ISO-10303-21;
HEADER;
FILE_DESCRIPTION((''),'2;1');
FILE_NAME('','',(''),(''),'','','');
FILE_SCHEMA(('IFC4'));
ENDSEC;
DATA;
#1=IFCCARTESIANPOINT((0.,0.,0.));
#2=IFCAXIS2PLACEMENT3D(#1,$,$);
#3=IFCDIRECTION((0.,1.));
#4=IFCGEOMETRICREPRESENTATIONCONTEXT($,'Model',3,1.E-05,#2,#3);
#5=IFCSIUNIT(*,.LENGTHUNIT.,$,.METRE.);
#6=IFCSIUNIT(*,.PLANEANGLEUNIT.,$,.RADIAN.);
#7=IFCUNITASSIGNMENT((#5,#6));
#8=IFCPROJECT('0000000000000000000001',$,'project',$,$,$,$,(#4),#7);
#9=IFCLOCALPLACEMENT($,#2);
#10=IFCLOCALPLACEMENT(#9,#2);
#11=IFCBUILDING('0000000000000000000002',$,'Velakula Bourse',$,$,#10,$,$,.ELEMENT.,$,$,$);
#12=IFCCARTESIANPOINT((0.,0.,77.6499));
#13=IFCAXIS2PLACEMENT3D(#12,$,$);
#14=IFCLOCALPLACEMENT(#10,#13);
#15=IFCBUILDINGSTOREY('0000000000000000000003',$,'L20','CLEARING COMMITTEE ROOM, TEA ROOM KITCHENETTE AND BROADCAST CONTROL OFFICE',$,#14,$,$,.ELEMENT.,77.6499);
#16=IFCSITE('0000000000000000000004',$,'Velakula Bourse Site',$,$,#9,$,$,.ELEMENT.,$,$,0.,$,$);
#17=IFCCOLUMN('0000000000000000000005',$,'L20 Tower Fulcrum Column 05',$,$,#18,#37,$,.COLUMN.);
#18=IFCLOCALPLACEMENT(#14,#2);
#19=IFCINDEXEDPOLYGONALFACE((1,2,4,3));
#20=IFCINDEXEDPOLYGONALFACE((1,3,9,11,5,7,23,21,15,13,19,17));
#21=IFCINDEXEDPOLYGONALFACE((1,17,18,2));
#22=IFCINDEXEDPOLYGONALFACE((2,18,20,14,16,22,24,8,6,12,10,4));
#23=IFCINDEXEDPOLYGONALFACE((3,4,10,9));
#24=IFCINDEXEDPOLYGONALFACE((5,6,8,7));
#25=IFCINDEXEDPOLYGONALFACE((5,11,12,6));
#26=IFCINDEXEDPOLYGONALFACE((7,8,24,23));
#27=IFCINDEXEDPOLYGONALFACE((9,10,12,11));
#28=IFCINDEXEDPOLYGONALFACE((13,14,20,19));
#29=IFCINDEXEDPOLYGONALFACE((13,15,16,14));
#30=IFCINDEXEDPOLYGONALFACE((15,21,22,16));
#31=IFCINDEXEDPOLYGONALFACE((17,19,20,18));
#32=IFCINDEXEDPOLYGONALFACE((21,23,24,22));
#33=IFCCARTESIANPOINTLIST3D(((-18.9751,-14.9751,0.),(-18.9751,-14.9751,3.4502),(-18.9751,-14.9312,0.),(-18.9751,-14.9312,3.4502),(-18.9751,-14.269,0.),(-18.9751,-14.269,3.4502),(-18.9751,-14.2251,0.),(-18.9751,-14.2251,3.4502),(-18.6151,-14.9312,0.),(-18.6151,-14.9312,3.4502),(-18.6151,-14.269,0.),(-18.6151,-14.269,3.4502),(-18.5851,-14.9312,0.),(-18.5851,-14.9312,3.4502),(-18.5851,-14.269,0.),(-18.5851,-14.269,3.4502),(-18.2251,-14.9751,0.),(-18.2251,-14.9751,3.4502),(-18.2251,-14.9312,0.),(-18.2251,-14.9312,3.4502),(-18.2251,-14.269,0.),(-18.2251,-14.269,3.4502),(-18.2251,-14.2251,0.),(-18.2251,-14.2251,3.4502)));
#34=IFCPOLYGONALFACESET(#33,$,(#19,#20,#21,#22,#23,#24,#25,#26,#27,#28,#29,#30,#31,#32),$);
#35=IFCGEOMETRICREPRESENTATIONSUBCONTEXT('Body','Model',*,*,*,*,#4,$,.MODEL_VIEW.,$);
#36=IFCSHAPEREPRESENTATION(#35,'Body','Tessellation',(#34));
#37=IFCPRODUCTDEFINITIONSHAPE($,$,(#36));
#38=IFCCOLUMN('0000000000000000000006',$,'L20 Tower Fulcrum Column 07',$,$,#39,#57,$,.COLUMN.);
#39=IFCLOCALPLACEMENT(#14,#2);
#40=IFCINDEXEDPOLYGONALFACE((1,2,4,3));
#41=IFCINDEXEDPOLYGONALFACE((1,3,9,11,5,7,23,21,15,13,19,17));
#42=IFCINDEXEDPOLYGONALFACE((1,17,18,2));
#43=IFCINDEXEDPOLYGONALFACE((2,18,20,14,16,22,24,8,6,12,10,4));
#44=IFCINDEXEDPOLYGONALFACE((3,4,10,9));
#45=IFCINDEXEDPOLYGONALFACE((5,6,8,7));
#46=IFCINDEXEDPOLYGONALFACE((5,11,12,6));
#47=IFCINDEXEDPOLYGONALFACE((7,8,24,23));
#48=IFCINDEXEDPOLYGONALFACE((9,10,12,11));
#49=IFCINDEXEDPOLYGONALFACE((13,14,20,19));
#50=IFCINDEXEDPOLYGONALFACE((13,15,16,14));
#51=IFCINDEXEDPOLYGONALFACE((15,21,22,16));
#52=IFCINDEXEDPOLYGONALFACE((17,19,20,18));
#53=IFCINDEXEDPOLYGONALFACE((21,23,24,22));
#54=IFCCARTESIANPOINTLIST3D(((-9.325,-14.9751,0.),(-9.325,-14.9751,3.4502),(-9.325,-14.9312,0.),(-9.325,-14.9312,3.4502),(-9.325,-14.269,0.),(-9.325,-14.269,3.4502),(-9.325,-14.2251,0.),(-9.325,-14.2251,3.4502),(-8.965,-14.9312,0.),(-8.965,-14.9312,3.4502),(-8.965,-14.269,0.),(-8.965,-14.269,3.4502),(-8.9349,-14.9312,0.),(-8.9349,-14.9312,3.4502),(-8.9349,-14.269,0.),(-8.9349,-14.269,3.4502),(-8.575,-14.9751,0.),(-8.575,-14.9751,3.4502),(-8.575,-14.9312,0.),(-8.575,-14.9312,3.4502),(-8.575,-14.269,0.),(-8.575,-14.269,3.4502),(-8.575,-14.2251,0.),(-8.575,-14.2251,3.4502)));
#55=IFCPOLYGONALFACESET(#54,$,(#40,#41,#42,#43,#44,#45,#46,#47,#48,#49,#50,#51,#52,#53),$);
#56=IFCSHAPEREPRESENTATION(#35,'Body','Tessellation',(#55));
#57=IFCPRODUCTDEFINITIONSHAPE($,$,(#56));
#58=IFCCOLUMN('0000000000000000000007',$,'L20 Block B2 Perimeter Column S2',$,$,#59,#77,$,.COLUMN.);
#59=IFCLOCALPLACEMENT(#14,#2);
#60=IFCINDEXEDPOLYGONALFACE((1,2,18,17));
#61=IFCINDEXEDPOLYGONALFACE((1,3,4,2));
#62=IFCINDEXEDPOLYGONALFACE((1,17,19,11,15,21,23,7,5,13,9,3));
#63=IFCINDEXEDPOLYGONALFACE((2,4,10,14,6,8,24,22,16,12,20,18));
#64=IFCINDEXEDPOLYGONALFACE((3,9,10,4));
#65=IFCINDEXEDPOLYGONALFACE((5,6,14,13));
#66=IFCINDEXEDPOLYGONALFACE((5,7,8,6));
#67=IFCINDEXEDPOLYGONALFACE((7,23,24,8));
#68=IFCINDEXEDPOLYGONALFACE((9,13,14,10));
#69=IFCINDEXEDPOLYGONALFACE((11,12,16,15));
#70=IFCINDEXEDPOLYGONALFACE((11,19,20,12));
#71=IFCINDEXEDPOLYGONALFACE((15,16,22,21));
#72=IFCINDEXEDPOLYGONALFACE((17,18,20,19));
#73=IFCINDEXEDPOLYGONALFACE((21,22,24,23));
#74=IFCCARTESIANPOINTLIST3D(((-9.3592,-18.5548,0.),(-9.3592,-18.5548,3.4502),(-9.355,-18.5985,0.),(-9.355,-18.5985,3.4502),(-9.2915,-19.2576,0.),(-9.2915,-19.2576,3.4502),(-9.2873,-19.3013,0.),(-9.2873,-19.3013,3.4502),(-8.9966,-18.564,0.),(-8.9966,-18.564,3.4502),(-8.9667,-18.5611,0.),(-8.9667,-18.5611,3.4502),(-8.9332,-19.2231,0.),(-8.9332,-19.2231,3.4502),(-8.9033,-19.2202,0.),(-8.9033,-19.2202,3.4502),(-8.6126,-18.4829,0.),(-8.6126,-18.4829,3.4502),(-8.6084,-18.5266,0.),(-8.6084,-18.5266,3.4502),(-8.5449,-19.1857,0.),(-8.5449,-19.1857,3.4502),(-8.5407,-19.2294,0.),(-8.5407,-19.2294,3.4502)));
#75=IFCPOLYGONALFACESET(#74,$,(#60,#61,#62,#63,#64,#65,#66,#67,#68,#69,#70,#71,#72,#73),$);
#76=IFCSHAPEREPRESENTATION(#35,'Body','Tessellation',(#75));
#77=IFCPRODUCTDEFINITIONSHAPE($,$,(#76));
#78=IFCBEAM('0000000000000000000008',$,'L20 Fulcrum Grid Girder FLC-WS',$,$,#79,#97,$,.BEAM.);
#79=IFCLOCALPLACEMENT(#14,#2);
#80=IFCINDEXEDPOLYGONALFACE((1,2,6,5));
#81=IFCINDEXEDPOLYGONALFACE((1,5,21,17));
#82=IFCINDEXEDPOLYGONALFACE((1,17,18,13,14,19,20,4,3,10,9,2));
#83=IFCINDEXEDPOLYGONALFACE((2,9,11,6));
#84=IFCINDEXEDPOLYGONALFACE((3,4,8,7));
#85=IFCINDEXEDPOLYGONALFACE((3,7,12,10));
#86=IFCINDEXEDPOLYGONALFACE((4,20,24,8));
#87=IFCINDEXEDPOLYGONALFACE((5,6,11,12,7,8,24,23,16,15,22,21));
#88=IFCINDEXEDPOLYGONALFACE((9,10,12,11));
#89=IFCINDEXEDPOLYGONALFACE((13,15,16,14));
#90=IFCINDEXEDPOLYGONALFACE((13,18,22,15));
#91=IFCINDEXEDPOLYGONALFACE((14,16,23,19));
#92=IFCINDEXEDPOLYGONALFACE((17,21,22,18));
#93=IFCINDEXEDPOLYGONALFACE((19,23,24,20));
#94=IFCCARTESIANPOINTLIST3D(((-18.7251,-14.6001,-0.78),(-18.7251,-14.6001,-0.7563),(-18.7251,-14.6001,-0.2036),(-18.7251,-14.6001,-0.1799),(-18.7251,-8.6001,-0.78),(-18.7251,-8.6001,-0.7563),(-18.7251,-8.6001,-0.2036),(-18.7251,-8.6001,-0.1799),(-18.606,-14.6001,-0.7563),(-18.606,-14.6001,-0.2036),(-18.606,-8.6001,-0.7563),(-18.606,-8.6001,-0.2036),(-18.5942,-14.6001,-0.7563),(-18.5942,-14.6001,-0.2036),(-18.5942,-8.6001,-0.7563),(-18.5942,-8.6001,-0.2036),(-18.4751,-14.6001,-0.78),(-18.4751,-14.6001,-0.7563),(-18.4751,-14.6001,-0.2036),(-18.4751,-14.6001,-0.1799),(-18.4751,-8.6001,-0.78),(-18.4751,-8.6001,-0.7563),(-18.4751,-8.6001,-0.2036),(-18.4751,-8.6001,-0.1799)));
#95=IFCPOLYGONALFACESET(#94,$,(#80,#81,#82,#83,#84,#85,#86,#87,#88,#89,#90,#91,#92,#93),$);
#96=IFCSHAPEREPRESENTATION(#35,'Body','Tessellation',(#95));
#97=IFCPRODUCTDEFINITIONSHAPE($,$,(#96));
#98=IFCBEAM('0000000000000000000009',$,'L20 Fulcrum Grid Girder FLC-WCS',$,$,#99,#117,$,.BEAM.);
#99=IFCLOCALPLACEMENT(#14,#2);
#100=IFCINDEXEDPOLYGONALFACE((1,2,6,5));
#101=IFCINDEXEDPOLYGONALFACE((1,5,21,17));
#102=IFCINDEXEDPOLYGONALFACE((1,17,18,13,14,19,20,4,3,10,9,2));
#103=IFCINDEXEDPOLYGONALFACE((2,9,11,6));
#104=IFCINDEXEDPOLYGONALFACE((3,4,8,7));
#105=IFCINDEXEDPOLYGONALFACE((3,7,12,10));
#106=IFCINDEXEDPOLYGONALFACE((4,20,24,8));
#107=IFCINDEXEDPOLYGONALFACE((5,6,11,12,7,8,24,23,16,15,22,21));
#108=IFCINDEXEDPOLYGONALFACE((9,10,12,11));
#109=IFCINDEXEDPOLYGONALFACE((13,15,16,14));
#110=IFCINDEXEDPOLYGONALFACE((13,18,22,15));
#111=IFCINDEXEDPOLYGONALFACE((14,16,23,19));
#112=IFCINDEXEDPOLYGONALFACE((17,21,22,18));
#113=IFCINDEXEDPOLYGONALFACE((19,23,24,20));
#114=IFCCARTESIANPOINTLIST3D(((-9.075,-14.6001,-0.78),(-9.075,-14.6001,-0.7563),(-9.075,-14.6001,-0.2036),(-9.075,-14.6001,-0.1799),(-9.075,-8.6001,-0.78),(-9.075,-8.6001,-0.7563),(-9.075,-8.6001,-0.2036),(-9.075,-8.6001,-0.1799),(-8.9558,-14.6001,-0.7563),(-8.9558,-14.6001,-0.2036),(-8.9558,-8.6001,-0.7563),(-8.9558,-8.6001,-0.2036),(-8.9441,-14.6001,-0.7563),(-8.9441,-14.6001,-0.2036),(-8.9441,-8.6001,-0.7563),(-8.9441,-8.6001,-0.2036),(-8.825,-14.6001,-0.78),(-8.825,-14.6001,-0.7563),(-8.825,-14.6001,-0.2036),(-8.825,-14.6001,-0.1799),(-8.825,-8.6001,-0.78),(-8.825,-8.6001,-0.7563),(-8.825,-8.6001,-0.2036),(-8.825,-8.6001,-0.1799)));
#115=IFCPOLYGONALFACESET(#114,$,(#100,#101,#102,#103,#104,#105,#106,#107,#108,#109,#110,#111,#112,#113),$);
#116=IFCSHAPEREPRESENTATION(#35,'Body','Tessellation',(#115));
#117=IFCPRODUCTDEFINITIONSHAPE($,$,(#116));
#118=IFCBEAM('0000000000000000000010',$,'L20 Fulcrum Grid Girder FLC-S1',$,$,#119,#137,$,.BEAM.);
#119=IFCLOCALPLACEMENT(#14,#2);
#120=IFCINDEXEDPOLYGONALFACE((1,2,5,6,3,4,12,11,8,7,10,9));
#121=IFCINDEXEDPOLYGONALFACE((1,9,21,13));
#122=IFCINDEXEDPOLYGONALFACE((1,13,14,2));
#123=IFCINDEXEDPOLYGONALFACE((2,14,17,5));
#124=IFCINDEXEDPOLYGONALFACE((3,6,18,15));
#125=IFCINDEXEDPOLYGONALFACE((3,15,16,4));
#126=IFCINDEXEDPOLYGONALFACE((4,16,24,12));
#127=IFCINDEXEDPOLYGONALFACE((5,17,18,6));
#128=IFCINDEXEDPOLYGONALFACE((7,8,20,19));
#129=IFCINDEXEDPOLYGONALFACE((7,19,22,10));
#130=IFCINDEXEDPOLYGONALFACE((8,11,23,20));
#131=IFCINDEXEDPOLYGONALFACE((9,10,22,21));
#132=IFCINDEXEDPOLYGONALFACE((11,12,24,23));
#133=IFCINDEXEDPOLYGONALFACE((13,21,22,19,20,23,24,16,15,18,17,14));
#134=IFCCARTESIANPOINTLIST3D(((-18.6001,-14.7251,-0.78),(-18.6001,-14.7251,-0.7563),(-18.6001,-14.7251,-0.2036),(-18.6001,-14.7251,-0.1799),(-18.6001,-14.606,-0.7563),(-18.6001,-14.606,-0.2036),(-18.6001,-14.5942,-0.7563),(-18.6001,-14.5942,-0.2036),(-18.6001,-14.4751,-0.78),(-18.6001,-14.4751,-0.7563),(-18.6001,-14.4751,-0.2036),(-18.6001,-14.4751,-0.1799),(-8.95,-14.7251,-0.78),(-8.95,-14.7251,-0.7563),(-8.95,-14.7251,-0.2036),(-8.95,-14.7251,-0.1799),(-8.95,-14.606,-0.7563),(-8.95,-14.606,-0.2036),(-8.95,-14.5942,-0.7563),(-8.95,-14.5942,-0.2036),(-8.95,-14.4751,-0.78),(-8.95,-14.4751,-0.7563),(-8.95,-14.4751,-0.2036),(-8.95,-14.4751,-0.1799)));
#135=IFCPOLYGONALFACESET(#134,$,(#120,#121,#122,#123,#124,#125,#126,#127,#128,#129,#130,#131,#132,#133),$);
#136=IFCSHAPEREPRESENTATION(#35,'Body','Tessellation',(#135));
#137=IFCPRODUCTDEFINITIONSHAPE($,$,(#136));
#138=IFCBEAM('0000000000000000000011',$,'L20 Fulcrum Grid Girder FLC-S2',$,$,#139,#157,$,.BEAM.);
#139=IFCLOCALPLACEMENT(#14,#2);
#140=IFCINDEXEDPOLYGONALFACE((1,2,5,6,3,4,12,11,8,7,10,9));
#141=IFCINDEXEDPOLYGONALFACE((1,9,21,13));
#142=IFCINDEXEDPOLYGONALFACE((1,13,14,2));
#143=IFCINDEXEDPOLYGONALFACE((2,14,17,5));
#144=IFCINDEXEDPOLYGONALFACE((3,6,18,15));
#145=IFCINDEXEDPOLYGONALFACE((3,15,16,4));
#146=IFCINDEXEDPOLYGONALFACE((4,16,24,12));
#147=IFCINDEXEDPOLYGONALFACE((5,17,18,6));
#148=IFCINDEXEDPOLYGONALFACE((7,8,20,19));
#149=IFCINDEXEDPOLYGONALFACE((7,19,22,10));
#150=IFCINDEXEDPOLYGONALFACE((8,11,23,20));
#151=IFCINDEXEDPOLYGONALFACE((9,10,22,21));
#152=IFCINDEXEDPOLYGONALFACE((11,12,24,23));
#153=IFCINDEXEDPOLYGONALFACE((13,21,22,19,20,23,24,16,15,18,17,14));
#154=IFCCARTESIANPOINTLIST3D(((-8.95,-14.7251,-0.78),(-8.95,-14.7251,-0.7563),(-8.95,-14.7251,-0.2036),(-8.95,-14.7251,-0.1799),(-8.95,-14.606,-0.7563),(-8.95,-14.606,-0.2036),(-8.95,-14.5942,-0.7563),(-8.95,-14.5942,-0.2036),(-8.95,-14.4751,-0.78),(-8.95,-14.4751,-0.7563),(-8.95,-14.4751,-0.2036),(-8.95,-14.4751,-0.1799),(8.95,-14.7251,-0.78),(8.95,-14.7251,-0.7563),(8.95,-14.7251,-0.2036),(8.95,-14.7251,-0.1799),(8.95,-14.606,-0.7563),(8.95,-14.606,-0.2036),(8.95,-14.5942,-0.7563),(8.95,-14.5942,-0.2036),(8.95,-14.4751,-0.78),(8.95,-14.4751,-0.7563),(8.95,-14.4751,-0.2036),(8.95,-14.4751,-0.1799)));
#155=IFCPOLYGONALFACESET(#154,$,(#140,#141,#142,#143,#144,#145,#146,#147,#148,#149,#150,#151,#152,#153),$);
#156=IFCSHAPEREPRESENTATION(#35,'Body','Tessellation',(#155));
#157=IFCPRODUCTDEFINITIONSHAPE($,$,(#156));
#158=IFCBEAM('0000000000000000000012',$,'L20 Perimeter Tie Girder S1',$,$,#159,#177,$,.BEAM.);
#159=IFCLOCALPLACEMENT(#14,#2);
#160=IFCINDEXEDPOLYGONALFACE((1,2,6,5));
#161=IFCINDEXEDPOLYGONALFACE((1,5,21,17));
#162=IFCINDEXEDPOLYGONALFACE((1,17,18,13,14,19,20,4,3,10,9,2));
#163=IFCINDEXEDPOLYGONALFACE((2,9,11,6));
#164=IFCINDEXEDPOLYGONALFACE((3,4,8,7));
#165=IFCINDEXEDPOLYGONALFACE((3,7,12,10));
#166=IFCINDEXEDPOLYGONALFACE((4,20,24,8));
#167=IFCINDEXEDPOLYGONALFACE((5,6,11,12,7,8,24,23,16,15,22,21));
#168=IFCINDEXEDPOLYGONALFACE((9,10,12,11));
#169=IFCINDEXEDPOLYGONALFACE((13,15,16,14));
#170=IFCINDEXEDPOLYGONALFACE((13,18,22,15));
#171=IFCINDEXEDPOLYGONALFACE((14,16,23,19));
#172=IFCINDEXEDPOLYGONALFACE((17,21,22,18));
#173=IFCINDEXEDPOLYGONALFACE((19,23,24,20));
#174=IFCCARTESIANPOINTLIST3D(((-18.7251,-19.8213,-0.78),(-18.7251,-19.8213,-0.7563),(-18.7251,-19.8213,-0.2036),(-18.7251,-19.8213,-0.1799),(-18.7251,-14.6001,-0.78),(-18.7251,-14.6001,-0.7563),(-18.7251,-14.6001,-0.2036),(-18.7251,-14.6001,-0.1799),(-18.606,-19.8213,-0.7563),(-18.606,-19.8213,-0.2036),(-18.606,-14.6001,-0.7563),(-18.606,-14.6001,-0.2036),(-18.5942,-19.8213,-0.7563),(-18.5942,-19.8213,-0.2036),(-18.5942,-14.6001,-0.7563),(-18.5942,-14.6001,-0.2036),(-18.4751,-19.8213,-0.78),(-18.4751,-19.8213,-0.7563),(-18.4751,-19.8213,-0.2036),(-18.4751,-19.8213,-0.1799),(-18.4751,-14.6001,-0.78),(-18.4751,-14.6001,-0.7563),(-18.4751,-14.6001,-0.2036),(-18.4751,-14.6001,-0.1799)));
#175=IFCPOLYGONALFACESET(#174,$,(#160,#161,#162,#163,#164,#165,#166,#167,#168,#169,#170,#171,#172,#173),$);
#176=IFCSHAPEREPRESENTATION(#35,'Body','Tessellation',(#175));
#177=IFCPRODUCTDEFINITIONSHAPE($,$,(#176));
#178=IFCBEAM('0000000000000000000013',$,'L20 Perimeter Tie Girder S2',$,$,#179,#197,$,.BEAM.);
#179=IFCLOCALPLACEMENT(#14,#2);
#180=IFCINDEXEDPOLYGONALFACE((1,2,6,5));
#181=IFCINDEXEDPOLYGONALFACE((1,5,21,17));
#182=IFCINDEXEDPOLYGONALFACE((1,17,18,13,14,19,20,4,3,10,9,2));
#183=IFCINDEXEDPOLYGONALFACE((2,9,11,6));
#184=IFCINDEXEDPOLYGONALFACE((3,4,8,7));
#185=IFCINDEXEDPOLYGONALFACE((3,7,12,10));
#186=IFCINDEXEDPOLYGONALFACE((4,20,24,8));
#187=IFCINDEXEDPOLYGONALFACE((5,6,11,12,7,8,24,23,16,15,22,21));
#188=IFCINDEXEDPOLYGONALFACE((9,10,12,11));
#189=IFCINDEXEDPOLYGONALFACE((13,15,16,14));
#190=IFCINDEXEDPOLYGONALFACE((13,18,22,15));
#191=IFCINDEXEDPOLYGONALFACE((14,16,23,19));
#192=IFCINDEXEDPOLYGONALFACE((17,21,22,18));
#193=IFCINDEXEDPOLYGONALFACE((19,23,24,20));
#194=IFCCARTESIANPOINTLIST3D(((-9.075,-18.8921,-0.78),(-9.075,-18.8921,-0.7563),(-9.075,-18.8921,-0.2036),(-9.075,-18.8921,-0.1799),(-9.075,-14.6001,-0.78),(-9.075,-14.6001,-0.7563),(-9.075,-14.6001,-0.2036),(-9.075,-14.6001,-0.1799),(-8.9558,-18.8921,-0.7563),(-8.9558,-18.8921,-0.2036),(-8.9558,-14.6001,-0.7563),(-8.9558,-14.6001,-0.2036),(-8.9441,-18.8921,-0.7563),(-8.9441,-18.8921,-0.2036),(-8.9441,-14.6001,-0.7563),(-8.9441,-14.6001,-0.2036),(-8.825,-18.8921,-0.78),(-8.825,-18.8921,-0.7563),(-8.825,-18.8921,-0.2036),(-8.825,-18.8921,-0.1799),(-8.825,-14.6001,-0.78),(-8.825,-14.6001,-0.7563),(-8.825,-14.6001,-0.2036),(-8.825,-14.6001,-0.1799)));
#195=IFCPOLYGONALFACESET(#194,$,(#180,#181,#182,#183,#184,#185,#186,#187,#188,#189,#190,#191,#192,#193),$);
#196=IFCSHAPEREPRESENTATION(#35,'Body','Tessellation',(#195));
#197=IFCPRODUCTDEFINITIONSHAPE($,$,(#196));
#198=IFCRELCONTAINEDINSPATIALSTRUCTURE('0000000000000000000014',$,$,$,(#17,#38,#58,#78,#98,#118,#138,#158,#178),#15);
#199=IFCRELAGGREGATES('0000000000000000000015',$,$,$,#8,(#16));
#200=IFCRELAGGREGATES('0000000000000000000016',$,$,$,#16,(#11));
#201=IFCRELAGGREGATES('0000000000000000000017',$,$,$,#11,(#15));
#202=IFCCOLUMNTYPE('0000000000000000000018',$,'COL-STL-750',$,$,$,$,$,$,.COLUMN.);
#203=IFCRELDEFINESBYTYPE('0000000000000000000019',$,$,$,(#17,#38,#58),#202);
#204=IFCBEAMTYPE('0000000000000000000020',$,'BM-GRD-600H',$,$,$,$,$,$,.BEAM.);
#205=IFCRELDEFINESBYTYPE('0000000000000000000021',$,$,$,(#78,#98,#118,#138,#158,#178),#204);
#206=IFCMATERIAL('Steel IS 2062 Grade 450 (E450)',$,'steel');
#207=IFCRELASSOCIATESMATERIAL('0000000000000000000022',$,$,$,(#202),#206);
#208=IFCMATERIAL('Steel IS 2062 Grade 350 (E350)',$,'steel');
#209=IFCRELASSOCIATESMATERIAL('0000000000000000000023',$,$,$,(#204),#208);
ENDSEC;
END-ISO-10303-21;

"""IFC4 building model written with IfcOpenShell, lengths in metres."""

from ifc_helpers import new_model, si_unit, direction, frame, origin, origin_2d, place, context, subcontext, project, spatial, i_section, extrude, material, material_profile, profile_set, type_object, element, save


model = new_model("IFC4")

# Units and contexts
model_context = context("Model", 3, precision=1e-05, world=origin(), true_north=direction((0.0, 1.0)))
body_context = subcontext(model_context, "Body", "Model", "MODEL_VIEW")
ifc_project = project(units=[si_unit("LENGTHUNIT", "METRE"), si_unit("PLANEANGLEUNIT", "RADIAN")], contexts=[model_context])

# Site, building, storey
site_placement = place(None, origin())
site = spatial("IfcSite", under=ifc_project, at=site_placement, Name="Velakula Bourse Site", CompositionType="ELEMENT", RefElevation=0.0)
building_placement = place(site_placement, origin())
building = spatial("IfcBuilding", under=site, at=building_placement, Name="Velakula Bourse", CompositionType="ELEMENT")
storey_placement = place(building_placement, frame((0.0, 0.0, 77.6499)))
storey = spatial("IfcBuildingStorey", under=building, at=storey_placement, Name="L20", Description="CLEARING COMMITTEE ROOM, TEA ROOM KITCHENETTE AND BROADCAST CONTROL OFFICE", CompositionType="ELEMENT", Elevation=77.6499)

# Columns
ifc_material_1 = material(Name="Steel IS 2062 Grade 450 (E450)", Category="steel")
ifc_material_profile_1 = material_profile(ifc_material_1, i_section(OverallWidth=0.75, OverallDepth=0.75, WebThickness=0.03, FlangeThickness=0.0439, at=origin_2d()), Name="Steel IS 2062 Grade 450 (E450)")
ifc_profile_set_1 = profile_set([ifc_material_profile_1], Name="Steel IS 2062 Grade 450 (E450)")
column_type = type_object("IfcColumnType", Name="COL-STL-750", PredefinedType="COLUMN", material=ifc_profile_set_1)
for number, where, z_axis, x_axis, name in (
    (1, (-18.6001, -14.6001, 0.0), (0.0, 0.0, 1.0), (1.0, 0.0, 0.0), "L20 Tower Fulcrum Column 05"),
    (2, (-8.95, -14.6001, 0.0), (0.0, 0.0, 1.0), (1.0, 0.0, 0.0), "L20 Tower Fulcrum Column 07"),
    (3, (-8.95, -18.8921, 0.0), (0.0, 0.0, 1.0), (0.995396, 0.095846, 0.0), "L20 Block B2 Perimeter Column S2"),
):
    element("IfcColumn", number, at=place(storey_placement, frame(where, z_axis=z_axis, x_axis=x_axis)), inside=storey, type_object=column_type, Name=name, PredefinedType="COLUMN", context=body_context, shape_type="SweptSolid", body=[
        extrude(i_section(OverallWidth=0.75, OverallDepth=0.75, WebThickness=0.03, FlangeThickness=0.0439, at=origin_2d()), origin(), (0.0, 0.0, 1.0), 3.4502),
    ])

# Beams
ifc_material_2 = material(Name="Steel IS 2062 Grade 350 (E350)", Category="steel")
ifc_material_profile_2 = material_profile(ifc_material_2, i_section(OverallWidth=0.25, OverallDepth=0.6001, WebThickness=0.0117, FlangeThickness=0.0237, at=origin_2d()), Name="Steel IS 2062 Grade 350 (E350)")
ifc_profile_set_2 = profile_set([ifc_material_profile_2], Name="Steel IS 2062 Grade 350 (E350)")
beam_type_1 = type_object("IfcBeamType", Name="BM-GRD-600H", PredefinedType="BEAM", material=ifc_profile_set_2)
for number, where, z_axis, x_axis, name in (
    (4, (-18.6001, -14.6001, -0.48), (0.0, 1.0, 0.0), (-1.0, 0.0, 0.0), "L20 Fulcrum Grid Girder FLC-WS"),
    (5, (-8.95, -14.6001, -0.48), (0.0, 1.0, 0.0), (-1.0, 0.0, 0.0), "L20 Fulcrum Grid Girder FLC-WCS"),
):
    element("IfcBeam", number, at=place(storey_placement, frame(where, z_axis=z_axis, x_axis=x_axis)), inside=storey, type_object=beam_type_1, Name=name, PredefinedType="BEAM", context=body_context, shape_type="SweptSolid", body=[
        extrude(i_section(OverallWidth=0.25, OverallDepth=0.6001, WebThickness=0.0117, FlangeThickness=0.0237, at=origin_2d()), origin(), (0.0, 0.0, 1.0), 6.0),
    ])
beam_1_placement = place(storey_placement, frame((-18.6001, -14.6001, -0.48), z_axis=(1.0, 0.0, 0.0), x_axis=(0.0, 1.0, 0.0)))
element("IfcBeam", 6, at=beam_1_placement, inside=storey, type_object=beam_type_1, Name="L20 Fulcrum Grid Girder FLC-S1", PredefinedType="BEAM", context=body_context, shape_type="SweptSolid", body=[
    extrude(i_section(OverallWidth=0.25, OverallDepth=0.6001, WebThickness=0.0117, FlangeThickness=0.0237, at=origin_2d()), origin(), (0.0, 0.0, 1.0), 9.6501),
])
beam_2_placement = place(storey_placement, frame((-8.95, -14.6001, -0.48), z_axis=(1.0, 0.0, 0.0), x_axis=(0.0, 1.0, 0.0)))
element("IfcBeam", 7, at=beam_2_placement, inside=storey, type_object=beam_type_1, Name="L20 Fulcrum Grid Girder FLC-S2", PredefinedType="BEAM", context=body_context, shape_type="SweptSolid", body=[
    extrude(i_section(OverallWidth=0.25, OverallDepth=0.6001, WebThickness=0.0117, FlangeThickness=0.0237, at=origin_2d()), origin(), (0.0, 0.0, 1.0), 17.8999),
])
beam_3_placement = place(storey_placement, frame((-18.6001, -14.6001, -0.48), z_axis=(0.0, -1.0, 0.0), x_axis=(1.0, 0.0, 0.0)))
element("IfcBeam", 8, at=beam_3_placement, inside=storey, type_object=beam_type_1, Name="L20 Perimeter Tie Girder S1", PredefinedType="BEAM", context=body_context, shape_type="SweptSolid", body=[
    extrude(i_section(OverallWidth=0.25, OverallDepth=0.6001, WebThickness=0.0117, FlangeThickness=0.0237, at=origin_2d()), origin(), (0.0, 0.0, 1.0), 5.2212),
])
beam_4_placement = place(storey_placement, frame((-8.95, -14.6001, -0.48), z_axis=(0.0, -1.0, 0.0), x_axis=(1.0, 0.0, 0.0)))
element("IfcBeam", 9, at=beam_4_placement, inside=storey, type_object=beam_type_1, Name="L20 Perimeter Tie Girder S2", PredefinedType="BEAM", context=body_context, shape_type="SweptSolid", body=[
    extrude(i_section(OverallWidth=0.25, OverallDepth=0.6001, WebThickness=0.0117, FlangeThickness=0.0237, at=origin_2d()), origin(), (0.0, 0.0, 1.0), 4.292),
])

save(model, "model.ifc")
